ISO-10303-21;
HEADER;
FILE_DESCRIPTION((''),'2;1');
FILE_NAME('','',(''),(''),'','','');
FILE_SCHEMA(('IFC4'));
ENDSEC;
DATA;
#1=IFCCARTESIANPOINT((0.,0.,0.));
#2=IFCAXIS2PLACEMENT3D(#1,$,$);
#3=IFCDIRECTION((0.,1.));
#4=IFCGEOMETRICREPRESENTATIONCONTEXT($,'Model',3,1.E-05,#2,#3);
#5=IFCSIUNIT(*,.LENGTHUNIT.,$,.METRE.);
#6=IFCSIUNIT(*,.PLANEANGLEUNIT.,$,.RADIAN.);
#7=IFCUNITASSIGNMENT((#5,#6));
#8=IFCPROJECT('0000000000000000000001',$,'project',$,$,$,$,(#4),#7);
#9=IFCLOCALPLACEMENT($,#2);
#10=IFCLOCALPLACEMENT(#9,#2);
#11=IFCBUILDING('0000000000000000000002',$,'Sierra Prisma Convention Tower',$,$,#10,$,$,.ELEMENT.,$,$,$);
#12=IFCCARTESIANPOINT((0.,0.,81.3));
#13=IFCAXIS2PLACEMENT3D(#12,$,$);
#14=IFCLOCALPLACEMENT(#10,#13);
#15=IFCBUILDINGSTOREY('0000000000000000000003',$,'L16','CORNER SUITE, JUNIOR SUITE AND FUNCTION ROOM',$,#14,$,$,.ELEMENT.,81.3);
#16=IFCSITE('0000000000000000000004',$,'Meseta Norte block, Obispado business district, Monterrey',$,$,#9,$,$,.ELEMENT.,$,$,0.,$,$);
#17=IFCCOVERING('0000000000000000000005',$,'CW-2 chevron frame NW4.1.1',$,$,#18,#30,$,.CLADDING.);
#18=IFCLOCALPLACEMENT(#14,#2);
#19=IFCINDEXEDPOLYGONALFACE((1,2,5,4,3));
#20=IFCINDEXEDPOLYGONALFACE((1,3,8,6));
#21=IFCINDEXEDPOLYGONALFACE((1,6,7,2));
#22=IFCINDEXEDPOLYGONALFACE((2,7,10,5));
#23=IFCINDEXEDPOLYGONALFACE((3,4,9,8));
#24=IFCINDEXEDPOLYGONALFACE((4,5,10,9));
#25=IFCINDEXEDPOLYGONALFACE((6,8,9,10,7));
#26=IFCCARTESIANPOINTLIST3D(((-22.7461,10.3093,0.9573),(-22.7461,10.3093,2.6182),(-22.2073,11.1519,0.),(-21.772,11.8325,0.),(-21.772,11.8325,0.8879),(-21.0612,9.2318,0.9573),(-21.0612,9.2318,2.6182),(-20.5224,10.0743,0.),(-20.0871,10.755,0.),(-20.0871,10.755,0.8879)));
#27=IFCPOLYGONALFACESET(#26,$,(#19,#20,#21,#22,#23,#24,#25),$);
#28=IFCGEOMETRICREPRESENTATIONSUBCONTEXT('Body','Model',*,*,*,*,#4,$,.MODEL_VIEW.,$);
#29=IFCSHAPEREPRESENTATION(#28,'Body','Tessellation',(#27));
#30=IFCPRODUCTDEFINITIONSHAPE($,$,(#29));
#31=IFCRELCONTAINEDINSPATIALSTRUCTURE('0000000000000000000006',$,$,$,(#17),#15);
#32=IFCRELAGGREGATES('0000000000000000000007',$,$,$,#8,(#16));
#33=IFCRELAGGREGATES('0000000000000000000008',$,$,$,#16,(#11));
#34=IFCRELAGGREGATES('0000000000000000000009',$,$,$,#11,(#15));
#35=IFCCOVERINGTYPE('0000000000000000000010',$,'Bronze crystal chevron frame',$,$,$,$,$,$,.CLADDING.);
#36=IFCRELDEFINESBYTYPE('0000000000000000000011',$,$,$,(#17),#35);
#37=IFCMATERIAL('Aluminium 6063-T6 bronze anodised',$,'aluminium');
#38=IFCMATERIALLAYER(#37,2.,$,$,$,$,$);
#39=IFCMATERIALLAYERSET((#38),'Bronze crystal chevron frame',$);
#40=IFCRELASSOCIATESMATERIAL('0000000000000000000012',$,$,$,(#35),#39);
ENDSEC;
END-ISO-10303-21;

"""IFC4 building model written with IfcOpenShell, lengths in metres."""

from ifc_helpers import new_model, si_unit, direction, frame, origin, place, context, subcontext, project, spatial, polyline, outline, extrude, material, layer, layer_set, type_object, element, save


model = new_model("IFC4")

# Units and contexts
model_context = context("Model", 3, precision=1e-05, world=origin(), true_north=direction((0.0, 1.0)))
body_context = subcontext(model_context, "Body", "Model", "MODEL_VIEW")
ifc_project = project(units=[si_unit("LENGTHUNIT", "METRE"), si_unit("PLANEANGLEUNIT", "RADIAN")], contexts=[model_context])

# Site, building, storey
site_placement = place(None, origin())
site = spatial("IfcSite", under=ifc_project, at=site_placement, Name="Meseta Norte block, Obispado business district, Monterrey", CompositionType="ELEMENT", RefElevation=0.0)
building_placement = place(site_placement, origin())
building = spatial("IfcBuilding", under=site, at=building_placement, Name="Sierra Prisma Convention Tower", CompositionType="ELEMENT")
storey_placement = place(building_placement, frame((0.0, 0.0, 81.3)))
storey = spatial("IfcBuildingStorey", under=building, at=storey_placement, Name="L16", Description="CORNER SUITE, JUNIOR SUITE AND FUNCTION ROOM", CompositionType="ELEMENT", Elevation=81.3)

# Covering
ifc_material_1 = material(Name="Aluminium 6063-T6 bronze anodised", Category="aluminium")
ifc_layer_1 = layer(ifc_material_1, 2.0)
ifc_layer_set_1 = layer_set([ifc_layer_1], Name="Bronze crystal chevron frame")
covering_type = type_object("IfcCoveringType", Name="Bronze crystal chevron frame", PredefinedType="CLADDING", material=ifc_layer_set_1)
covering_placement = place(storey_placement, frame((-21.772, 11.8325, 0.0), z_axis=(-0.842453, 0.53877, 0.0), x_axis=(-0.53877, -0.842453, 0.0)))
element("IfcCovering", 1, at=covering_placement, inside=storey, type_object=covering_type, Name="CW-2 chevron frame NW4.1.1", PredefinedType="CLADDING", context=body_context, shape_type="SweptSolid", body=[
    extrude(outline(polyline([(0.0, 0.0), (0.808, 0.0), (1.808, 0.9573), (1.808, 2.6182), (0.0, 0.8879), (0.0, 0.0)])), origin(), (0.0, 0.0, -1.0), 2.0),
])

save(model, "model.ifc")
